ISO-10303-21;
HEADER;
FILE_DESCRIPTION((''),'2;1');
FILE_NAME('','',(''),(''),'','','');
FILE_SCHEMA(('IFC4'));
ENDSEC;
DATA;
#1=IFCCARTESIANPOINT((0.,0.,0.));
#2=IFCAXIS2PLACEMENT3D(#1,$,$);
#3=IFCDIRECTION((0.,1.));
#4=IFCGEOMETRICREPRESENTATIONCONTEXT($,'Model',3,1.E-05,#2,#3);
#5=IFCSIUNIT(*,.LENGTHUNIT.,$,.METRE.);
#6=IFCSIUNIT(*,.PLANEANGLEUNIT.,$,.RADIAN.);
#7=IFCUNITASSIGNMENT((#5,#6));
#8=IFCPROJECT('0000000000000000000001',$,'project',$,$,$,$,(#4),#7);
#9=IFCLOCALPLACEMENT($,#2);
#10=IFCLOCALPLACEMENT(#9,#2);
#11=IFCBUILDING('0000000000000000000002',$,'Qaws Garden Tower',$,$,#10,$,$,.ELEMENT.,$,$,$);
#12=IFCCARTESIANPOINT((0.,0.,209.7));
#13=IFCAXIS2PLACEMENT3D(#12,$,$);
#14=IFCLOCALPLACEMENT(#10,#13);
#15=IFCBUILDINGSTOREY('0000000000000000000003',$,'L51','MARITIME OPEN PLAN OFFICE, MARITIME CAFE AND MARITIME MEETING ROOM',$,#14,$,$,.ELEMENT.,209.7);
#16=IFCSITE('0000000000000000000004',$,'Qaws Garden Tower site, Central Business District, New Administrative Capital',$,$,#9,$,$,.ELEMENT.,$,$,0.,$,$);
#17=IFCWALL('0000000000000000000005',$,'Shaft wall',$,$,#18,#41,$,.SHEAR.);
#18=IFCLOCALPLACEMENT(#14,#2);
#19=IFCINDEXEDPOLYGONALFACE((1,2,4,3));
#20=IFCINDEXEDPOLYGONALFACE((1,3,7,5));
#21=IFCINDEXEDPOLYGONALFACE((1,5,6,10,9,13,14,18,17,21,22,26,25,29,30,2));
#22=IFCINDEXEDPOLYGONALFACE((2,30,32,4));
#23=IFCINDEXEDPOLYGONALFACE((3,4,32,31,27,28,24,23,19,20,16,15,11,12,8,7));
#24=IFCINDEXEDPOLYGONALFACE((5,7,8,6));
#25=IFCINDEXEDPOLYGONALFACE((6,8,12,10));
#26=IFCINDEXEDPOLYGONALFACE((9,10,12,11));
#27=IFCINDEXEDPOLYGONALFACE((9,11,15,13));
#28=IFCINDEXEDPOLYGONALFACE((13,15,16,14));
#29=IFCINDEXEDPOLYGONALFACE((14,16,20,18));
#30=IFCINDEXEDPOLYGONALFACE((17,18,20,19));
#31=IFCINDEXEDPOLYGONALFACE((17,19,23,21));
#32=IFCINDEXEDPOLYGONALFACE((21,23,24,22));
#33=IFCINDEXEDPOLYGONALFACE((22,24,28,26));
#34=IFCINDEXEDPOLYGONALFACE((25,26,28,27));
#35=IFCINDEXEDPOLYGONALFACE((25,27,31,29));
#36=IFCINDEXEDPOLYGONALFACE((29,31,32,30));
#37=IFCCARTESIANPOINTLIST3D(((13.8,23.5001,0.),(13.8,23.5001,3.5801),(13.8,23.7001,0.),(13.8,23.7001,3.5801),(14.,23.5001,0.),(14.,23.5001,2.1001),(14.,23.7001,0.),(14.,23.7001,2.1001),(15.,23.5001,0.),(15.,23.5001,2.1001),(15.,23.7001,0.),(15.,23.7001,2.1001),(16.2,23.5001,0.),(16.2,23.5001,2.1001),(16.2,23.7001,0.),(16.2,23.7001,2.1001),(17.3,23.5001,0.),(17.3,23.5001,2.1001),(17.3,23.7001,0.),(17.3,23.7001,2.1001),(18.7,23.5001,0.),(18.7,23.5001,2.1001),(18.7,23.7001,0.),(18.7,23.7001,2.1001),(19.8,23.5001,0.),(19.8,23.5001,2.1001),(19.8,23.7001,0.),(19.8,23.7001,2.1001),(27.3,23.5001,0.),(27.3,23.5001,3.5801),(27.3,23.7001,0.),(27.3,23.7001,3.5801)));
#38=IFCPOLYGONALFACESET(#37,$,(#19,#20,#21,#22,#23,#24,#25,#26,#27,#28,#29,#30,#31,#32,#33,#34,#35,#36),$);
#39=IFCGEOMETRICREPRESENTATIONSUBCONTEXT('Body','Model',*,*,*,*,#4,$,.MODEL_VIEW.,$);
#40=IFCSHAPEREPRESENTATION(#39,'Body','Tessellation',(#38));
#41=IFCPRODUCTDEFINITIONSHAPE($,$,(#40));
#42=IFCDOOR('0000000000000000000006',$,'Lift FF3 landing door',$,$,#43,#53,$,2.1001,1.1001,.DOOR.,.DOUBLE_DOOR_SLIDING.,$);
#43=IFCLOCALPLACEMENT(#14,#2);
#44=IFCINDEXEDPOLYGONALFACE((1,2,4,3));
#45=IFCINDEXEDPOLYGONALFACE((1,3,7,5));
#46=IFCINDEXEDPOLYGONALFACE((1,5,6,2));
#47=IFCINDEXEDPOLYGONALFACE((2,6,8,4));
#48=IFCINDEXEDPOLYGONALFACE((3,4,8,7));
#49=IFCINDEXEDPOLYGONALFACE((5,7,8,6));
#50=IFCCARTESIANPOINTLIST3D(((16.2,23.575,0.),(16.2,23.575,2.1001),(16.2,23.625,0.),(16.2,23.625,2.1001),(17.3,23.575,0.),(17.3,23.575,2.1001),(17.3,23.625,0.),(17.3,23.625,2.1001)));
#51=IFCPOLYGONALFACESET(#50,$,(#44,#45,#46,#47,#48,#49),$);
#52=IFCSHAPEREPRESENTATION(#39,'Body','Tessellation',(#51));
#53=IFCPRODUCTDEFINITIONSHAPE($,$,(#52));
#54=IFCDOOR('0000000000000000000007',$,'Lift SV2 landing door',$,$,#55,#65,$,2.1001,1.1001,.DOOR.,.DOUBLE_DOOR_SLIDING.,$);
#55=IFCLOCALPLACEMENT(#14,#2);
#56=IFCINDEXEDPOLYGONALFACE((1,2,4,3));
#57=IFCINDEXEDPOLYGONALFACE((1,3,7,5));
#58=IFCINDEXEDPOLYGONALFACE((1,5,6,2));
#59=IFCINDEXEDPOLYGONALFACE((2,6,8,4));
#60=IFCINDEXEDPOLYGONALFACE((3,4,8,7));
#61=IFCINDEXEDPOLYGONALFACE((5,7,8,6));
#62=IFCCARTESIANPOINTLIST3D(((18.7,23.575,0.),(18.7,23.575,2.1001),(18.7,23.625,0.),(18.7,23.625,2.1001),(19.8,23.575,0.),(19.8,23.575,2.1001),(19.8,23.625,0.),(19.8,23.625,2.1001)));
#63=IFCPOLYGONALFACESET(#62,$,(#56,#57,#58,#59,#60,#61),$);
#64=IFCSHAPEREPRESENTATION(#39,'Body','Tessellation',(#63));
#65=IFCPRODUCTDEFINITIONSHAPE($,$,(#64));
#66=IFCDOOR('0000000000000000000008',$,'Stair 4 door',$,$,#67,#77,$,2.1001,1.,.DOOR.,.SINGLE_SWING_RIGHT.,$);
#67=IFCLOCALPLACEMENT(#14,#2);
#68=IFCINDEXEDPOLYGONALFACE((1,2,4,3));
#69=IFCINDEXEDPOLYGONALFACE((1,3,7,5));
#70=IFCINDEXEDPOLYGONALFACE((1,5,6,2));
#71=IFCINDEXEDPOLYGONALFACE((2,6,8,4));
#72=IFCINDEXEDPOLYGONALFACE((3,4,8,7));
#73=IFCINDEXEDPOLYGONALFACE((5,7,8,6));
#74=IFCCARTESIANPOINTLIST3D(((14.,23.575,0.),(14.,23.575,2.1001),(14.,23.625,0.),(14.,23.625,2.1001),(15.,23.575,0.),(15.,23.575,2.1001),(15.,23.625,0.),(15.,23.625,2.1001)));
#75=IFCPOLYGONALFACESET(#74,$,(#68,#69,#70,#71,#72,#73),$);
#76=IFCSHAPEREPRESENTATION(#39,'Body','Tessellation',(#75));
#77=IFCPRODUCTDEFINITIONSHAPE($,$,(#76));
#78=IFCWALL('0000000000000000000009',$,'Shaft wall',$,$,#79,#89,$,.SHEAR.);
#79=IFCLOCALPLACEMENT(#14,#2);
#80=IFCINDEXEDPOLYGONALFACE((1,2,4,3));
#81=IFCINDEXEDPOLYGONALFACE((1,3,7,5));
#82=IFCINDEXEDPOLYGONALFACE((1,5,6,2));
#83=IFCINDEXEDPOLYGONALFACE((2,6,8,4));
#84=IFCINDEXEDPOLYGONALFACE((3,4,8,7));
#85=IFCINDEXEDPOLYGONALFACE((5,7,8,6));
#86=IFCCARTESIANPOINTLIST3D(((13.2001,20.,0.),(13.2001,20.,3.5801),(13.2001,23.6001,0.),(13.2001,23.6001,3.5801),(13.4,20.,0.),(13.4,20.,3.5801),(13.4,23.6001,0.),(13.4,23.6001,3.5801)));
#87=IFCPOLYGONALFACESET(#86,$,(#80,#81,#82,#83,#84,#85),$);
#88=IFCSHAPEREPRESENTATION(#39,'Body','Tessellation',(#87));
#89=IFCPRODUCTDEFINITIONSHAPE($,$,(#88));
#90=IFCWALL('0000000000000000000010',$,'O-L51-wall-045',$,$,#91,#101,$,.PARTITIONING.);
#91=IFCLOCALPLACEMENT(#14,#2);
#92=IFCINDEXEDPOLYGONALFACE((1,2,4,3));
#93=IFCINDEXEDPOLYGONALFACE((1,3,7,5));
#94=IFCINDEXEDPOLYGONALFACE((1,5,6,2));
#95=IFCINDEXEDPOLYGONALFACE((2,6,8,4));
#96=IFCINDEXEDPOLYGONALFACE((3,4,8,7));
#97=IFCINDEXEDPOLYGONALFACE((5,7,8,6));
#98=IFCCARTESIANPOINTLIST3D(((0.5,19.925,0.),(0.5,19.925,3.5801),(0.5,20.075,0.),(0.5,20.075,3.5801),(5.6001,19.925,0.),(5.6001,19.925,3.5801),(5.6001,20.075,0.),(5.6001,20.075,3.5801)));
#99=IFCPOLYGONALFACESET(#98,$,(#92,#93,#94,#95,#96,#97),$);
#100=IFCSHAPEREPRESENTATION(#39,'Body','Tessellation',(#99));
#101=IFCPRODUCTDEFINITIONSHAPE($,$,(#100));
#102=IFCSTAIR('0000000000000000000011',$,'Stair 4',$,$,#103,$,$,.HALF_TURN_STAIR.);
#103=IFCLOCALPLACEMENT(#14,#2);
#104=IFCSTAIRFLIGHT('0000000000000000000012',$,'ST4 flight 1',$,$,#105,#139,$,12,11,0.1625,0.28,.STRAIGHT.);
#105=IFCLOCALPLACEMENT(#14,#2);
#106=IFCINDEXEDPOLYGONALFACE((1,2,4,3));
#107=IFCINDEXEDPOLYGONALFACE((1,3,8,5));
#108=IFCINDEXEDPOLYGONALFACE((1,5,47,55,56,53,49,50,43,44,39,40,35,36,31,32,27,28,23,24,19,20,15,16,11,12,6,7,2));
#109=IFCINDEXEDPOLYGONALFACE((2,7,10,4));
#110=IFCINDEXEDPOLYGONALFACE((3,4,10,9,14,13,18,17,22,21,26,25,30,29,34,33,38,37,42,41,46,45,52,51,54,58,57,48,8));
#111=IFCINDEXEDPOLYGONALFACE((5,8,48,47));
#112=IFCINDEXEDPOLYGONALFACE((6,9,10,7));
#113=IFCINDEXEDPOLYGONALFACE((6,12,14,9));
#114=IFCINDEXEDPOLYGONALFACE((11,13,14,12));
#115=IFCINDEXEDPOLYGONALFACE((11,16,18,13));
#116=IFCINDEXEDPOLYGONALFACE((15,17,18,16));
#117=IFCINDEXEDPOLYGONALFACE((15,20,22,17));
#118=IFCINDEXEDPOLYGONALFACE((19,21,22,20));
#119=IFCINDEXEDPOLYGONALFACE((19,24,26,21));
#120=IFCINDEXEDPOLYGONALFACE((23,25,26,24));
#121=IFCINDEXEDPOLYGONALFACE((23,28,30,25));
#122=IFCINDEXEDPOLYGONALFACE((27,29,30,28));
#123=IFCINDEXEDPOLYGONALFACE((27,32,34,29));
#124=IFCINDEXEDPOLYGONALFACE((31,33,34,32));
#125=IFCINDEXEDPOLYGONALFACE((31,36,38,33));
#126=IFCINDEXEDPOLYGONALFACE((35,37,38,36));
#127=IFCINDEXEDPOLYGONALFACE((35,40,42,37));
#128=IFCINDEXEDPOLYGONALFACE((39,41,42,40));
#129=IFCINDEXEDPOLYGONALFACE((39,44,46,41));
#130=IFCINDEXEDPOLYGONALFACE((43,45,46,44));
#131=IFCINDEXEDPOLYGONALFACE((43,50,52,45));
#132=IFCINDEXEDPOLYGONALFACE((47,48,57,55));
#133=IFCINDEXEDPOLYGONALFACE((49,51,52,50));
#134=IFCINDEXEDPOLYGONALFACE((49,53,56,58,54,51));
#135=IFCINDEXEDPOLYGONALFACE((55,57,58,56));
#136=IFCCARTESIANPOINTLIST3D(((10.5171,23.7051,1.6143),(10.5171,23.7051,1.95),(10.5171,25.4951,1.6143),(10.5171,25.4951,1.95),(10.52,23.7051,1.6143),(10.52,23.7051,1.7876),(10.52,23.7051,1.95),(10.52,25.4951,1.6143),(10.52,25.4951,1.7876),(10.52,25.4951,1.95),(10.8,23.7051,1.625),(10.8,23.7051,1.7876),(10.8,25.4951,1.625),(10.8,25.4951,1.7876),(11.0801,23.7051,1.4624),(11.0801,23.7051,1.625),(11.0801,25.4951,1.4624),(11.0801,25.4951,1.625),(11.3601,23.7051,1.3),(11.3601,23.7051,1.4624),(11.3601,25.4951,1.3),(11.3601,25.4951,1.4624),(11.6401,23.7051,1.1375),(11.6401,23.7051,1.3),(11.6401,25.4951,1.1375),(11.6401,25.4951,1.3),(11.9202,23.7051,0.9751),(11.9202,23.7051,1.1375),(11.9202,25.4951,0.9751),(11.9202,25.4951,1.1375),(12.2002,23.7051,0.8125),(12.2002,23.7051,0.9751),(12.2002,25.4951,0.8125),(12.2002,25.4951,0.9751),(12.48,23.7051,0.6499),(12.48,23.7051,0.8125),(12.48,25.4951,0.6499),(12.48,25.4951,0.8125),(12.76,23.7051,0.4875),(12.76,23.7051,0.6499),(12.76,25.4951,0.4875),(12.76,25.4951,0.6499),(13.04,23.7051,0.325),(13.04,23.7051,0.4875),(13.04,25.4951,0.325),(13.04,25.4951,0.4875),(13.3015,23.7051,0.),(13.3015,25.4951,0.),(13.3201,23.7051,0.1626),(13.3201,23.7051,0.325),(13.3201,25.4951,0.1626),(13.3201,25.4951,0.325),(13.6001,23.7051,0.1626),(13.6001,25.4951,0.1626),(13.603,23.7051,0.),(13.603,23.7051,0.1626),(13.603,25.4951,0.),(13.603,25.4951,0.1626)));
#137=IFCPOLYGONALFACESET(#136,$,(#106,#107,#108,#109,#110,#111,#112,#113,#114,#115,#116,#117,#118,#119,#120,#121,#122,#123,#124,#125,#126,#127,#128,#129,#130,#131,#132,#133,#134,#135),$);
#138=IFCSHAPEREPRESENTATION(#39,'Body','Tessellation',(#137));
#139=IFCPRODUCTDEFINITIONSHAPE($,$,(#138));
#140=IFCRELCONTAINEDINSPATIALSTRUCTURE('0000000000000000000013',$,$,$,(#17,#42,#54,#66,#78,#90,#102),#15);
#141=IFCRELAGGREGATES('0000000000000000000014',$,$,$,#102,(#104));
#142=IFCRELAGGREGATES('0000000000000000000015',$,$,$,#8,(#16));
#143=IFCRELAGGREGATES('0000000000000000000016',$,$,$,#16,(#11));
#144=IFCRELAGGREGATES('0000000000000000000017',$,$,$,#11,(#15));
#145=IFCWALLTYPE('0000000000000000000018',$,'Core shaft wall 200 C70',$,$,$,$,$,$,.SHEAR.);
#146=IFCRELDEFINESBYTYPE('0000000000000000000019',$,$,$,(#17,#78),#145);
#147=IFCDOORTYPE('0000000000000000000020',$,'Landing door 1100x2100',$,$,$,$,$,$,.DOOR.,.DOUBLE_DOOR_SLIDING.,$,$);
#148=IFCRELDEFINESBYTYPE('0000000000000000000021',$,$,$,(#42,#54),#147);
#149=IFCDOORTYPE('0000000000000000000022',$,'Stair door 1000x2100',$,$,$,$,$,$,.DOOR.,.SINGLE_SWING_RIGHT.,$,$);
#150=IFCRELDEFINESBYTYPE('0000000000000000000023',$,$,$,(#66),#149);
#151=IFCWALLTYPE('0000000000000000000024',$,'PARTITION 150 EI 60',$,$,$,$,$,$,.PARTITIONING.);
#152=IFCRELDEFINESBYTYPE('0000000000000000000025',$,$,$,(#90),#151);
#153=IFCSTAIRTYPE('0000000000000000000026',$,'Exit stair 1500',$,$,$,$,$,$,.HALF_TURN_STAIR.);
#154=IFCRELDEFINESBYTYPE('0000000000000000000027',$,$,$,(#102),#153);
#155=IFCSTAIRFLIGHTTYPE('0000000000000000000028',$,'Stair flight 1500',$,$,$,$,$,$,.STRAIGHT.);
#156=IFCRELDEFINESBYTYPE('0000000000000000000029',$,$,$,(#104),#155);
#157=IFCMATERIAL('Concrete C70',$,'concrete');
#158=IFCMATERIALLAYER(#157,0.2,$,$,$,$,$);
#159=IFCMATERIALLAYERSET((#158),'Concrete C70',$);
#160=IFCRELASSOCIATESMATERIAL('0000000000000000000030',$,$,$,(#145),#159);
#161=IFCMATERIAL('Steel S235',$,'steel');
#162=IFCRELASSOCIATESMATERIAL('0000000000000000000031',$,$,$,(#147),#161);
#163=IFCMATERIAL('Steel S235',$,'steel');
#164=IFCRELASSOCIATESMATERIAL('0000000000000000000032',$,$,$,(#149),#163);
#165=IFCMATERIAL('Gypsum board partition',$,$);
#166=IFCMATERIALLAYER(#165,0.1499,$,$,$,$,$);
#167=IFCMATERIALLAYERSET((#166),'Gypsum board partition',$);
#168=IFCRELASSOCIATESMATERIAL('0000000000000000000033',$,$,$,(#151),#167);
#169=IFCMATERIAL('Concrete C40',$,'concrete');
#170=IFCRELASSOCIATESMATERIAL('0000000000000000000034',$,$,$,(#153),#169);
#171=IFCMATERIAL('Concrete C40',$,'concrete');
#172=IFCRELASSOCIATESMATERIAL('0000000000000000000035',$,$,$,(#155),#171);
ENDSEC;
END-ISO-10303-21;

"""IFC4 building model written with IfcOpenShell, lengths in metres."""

from ifc_helpers import new_model, si_unit, direction, frame, frame_2d, origin, place, context, subcontext, project, spatial, polyline, rectangle, outline, extrude, material, layer, layer_set, type_object, element, fill, aggregate, save


model = new_model("IFC4")

# Units and contexts
model_context = context("Model", 3, precision=1e-05, world=origin(), true_north=direction((0.0, 1.0)))
body_context = subcontext(model_context, "Body", "Model", "MODEL_VIEW")
ifc_project = project(units=[si_unit("LENGTHUNIT", "METRE"), si_unit("PLANEANGLEUNIT", "RADIAN")], contexts=[model_context])

# Site, building, storey
site_placement = place(None, origin())
site = spatial("IfcSite", under=ifc_project, at=site_placement, Name="Qaws Garden Tower site, Central Business District, New Administrative Capital", CompositionType="ELEMENT", RefElevation=0.0)
building_placement = place(site_placement, origin())
building = spatial("IfcBuilding", under=site, at=building_placement, Name="Qaws Garden Tower", CompositionType="ELEMENT")
storey_placement = place(building_placement, frame((0.0, 0.0, 209.7)))
storey = spatial("IfcBuildingStorey", under=building, at=storey_placement, Name="L51", Description="MARITIME OPEN PLAN OFFICE, MARITIME CAFE AND MARITIME MEETING ROOM", CompositionType="ELEMENT", Elevation=209.7)

# Shared definitions
ifc_material_1 = material(Name="Concrete C70", Category="concrete")
ifc_layer_1 = layer(ifc_material_1, 0.2)
ifc_layer_set_1 = layer_set([ifc_layer_1], Name="Concrete C70")
wall_type_1 = type_object("IfcWallType", Name="Core shaft wall 200 C70", PredefinedType="SHEAR", material=ifc_layer_set_1)

# Wall, openings, doors
wall_1_placement = place(storey_placement, frame((13.8, 23.6001, 0.0), z_axis=(0.0, 0.0, 1.0), x_axis=(1.0, 0.0, 0.0)))
wall_1 = element("IfcWall", 1, at=wall_1_placement, inside=storey, type_object=wall_type_1, Name="Shaft wall", PredefinedType="SHEAR", context=body_context, shape_type="SweptSolid", body=[
    extrude(rectangle(XDim=13.5, YDim=0.2, at=frame_2d((6.75, 0.0))), origin(), (0.0, 0.0, 1.0), 3.5801),
])
opening_1_placement = place(wall_1_placement, frame((2.3999, 0.0, 0.0)))
opening_1 = element("IfcOpeningElement", 2, at=opening_1_placement, cuts=wall_1, PredefinedType="OPENING", context=body_context, shape_type="SweptSolid", body=[
    extrude(rectangle(XDim=1.1001, YDim=2.1001, at=frame_2d((0.55, 1.05))), frame((0.0, 0.1099, 0.0), z_axis=(0.0, -1.0, 0.0), x_axis=(1.0, 0.0, 0.0)), (0.0, 0.0, 1.0), 0.22),
])
opening_2_placement = place(wall_1_placement, frame((4.8999, 0.0, 0.0)))
opening_2 = element("IfcOpeningElement", 3, at=opening_2_placement, cuts=wall_1, PredefinedType="OPENING", context=body_context, shape_type="SweptSolid", body=[
    extrude(rectangle(XDim=1.1001, YDim=2.1001, at=frame_2d((0.55, 1.05))), frame((0.0, 0.1099, 0.0), z_axis=(0.0, -1.0, 0.0), x_axis=(1.0, 0.0, 0.0)), (0.0, 0.0, 1.0), 0.22),
])
opening_3_placement = place(wall_1_placement, frame((0.2, 0.0, 0.0)))
opening_3 = element("IfcOpeningElement", 4, at=opening_3_placement, cuts=wall_1, PredefinedType="OPENING", context=body_context, shape_type="SweptSolid", body=[
    extrude(rectangle(XDim=1.0, YDim=2.1001, at=frame_2d((0.5, 1.05))), frame((0.0, 0.1099, 0.0), z_axis=(0.0, -1.0, 0.0), x_axis=(1.0, 0.0, 0.0)), (0.0, 0.0, 1.0), 0.22),
])
ifc_material_2 = material(Name="Steel S235", Category="steel")
door_type_1 = type_object("IfcDoorType", Name="Landing door 1100x2100", OperationType="DOUBLE_DOOR_SLIDING", PredefinedType="DOOR", material=ifc_material_2)
door_1_placement = place(opening_1_placement, origin())
door_1 = element("IfcDoor", 5, at=door_1_placement, inside=storey, type_object=door_type_1, Name="Lift FF3 landing door", OperationType="DOUBLE_DOOR_SLIDING", OverallHeight=2.1001, OverallWidth=1.1001, PredefinedType="DOOR", context=body_context, shape_type="SweptSolid", body=[
    extrude(rectangle(XDim=1.1001, YDim=2.1001, at=frame_2d((0.55, 1.05))), frame((0.0, 0.0249, 0.0), z_axis=(0.0, -1.0, 0.0), x_axis=(1.0, 0.0, 0.0)), (0.0, 0.0, 1.0), 0.05),
])
fill(opening_1, door_1)
door_2_placement = place(opening_2_placement, origin())
door_2 = element("IfcDoor", 6, at=door_2_placement, inside=storey, type_object=door_type_1, Name="Lift SV2 landing door", OperationType="DOUBLE_DOOR_SLIDING", OverallHeight=2.1001, OverallWidth=1.1001, PredefinedType="DOOR", context=body_context, shape_type="SweptSolid", body=[
    extrude(rectangle(XDim=1.1001, YDim=2.1001, at=frame_2d((0.55, 1.05))), frame((0.0, 0.0249, 0.0), z_axis=(0.0, -1.0, 0.0), x_axis=(1.0, 0.0, 0.0)), (0.0, 0.0, 1.0), 0.05),
])
fill(opening_2, door_2)
ifc_material_3 = material(Name="Steel S235", Category="steel")
door_type_2 = type_object("IfcDoorType", Name="Stair door 1000x2100", OperationType="SINGLE_SWING_RIGHT", PredefinedType="DOOR", material=ifc_material_3)
door_3_placement = place(opening_3_placement, origin())
door_3 = element("IfcDoor", 7, at=door_3_placement, inside=storey, type_object=door_type_2, Name="Stair 4 door", OperationType="SINGLE_SWING_RIGHT", OverallHeight=2.1001, OverallWidth=1.0, PredefinedType="DOOR", context=body_context, shape_type="SweptSolid", body=[
    extrude(rectangle(XDim=1.0, YDim=2.1001, at=frame_2d((0.5, 1.05))), frame((0.0, 0.0249, 0.0), z_axis=(0.0, -1.0, 0.0), x_axis=(1.0, 0.0, 0.0)), (0.0, 0.0, 1.0), 0.05),
])
fill(opening_3, door_3)

# Walls
wall_2_placement = place(storey_placement, frame((13.3, 20.0, 0.0), z_axis=(0.0, 0.0, 1.0), x_axis=(0.0, 1.0, 0.0)))
element("IfcWall", 8, at=wall_2_placement, inside=storey, type_object=wall_type_1, Name="Shaft wall", PredefinedType="SHEAR", context=body_context, shape_type="SweptSolid", body=[
    extrude(rectangle(XDim=3.6001, YDim=0.2, at=frame_2d((1.8, 0.0))), origin(), (0.0, 0.0, 1.0), 3.5801),
])
ifc_material_4 = material(Name="Gypsum board partition")
ifc_layer_2 = layer(ifc_material_4, 0.1499)
ifc_layer_set_2 = layer_set([ifc_layer_2], Name="Gypsum board partition")
wall_type_2 = type_object("IfcWallType", Name="PARTITION 150 EI 60", PredefinedType="PARTITIONING", material=ifc_layer_set_2)
wall_3_placement = place(storey_placement, frame((0.5, 20.0, 0.0), z_axis=(0.0, 0.0, 1.0), x_axis=(1.0, 0.0, 0.0)))
element("IfcWall", 9, at=wall_3_placement, inside=storey, type_object=wall_type_2, Name="O-L51-wall-045", PredefinedType="PARTITIONING", context=body_context, shape_type="SweptSolid", body=[
    extrude(rectangle(XDim=5.1001, YDim=0.1499, at=frame_2d((2.55, 0.0))), origin(), (0.0, 0.0, 1.0), 3.5801),
])

# Stair, stair flight
ifc_material_5 = material(Name="Concrete C40", Category="concrete")
stair_type = type_object("IfcStairType", Name="Exit stair 1500", PredefinedType="HALF_TURN_STAIR", material=ifc_material_5)
stair_placement = place(storey_placement, origin())
stair = element("IfcStair", 10, at=stair_placement, inside=storey, type_object=stair_type, Name="Stair 4", PredefinedType="HALF_TURN_STAIR")
ifc_material_6 = material(Name="Concrete C40", Category="concrete")
stair_flight_type = type_object("IfcStairFlightType", Name="Stair flight 1500", PredefinedType="STRAIGHT", material=ifc_material_6)
stair_flight_1_placement = place(storey_placement, frame((13.6001, 24.6001, 0.0), z_axis=(0.0, 0.0, 1.0), x_axis=(-1.0, 0.0, 0.0)))
stair_flight_1 = element("IfcStairFlight", 11, at=stair_flight_1_placement, type_object=stair_flight_type, Name="ST4 flight 1", NumberOfRisers=12, NumberOfTreads=11, PredefinedType="STRAIGHT", RiserHeight=0.1625, TreadLength=0.28, context=body_context, shape_type="SweptSolid", body=[
    extrude(outline(polyline([(-0.0029, 0.0), (-0.0029, 0.1626), (0.0, 0.1626), (0.28, 0.1626), (0.28, 0.325), (0.5601, 0.325), (0.5601, 0.4875), (0.8401, 0.4875), (0.8401, 0.6499), (1.1201, 0.6499), (1.1201, 0.8125), (1.3999, 0.8125), (1.3999, 0.9751), (1.6799, 0.9751), (1.6799, 1.1375), (1.96, 1.1375), (1.96, 1.3), (2.24, 1.3), (2.24, 1.4624), (2.52, 1.4624), (2.52, 1.625), (2.8, 1.625), (2.8, 1.7876), (3.0801, 1.7876), (3.0801, 1.95), (3.083, 1.95), (3.083, 1.6143), (3.0801, 1.6143), (0.2986, 0.0), (-0.0029, 0.0)])), frame((0.0, 0.895, 0.0), z_axis=(0.0, -1.0, 0.0), x_axis=(1.0, 0.0, 0.0)), (0.0, 0.0, 1.0), 1.79),
])
aggregate(stair, [stair_flight_1])

save(model, "model.ifc")
